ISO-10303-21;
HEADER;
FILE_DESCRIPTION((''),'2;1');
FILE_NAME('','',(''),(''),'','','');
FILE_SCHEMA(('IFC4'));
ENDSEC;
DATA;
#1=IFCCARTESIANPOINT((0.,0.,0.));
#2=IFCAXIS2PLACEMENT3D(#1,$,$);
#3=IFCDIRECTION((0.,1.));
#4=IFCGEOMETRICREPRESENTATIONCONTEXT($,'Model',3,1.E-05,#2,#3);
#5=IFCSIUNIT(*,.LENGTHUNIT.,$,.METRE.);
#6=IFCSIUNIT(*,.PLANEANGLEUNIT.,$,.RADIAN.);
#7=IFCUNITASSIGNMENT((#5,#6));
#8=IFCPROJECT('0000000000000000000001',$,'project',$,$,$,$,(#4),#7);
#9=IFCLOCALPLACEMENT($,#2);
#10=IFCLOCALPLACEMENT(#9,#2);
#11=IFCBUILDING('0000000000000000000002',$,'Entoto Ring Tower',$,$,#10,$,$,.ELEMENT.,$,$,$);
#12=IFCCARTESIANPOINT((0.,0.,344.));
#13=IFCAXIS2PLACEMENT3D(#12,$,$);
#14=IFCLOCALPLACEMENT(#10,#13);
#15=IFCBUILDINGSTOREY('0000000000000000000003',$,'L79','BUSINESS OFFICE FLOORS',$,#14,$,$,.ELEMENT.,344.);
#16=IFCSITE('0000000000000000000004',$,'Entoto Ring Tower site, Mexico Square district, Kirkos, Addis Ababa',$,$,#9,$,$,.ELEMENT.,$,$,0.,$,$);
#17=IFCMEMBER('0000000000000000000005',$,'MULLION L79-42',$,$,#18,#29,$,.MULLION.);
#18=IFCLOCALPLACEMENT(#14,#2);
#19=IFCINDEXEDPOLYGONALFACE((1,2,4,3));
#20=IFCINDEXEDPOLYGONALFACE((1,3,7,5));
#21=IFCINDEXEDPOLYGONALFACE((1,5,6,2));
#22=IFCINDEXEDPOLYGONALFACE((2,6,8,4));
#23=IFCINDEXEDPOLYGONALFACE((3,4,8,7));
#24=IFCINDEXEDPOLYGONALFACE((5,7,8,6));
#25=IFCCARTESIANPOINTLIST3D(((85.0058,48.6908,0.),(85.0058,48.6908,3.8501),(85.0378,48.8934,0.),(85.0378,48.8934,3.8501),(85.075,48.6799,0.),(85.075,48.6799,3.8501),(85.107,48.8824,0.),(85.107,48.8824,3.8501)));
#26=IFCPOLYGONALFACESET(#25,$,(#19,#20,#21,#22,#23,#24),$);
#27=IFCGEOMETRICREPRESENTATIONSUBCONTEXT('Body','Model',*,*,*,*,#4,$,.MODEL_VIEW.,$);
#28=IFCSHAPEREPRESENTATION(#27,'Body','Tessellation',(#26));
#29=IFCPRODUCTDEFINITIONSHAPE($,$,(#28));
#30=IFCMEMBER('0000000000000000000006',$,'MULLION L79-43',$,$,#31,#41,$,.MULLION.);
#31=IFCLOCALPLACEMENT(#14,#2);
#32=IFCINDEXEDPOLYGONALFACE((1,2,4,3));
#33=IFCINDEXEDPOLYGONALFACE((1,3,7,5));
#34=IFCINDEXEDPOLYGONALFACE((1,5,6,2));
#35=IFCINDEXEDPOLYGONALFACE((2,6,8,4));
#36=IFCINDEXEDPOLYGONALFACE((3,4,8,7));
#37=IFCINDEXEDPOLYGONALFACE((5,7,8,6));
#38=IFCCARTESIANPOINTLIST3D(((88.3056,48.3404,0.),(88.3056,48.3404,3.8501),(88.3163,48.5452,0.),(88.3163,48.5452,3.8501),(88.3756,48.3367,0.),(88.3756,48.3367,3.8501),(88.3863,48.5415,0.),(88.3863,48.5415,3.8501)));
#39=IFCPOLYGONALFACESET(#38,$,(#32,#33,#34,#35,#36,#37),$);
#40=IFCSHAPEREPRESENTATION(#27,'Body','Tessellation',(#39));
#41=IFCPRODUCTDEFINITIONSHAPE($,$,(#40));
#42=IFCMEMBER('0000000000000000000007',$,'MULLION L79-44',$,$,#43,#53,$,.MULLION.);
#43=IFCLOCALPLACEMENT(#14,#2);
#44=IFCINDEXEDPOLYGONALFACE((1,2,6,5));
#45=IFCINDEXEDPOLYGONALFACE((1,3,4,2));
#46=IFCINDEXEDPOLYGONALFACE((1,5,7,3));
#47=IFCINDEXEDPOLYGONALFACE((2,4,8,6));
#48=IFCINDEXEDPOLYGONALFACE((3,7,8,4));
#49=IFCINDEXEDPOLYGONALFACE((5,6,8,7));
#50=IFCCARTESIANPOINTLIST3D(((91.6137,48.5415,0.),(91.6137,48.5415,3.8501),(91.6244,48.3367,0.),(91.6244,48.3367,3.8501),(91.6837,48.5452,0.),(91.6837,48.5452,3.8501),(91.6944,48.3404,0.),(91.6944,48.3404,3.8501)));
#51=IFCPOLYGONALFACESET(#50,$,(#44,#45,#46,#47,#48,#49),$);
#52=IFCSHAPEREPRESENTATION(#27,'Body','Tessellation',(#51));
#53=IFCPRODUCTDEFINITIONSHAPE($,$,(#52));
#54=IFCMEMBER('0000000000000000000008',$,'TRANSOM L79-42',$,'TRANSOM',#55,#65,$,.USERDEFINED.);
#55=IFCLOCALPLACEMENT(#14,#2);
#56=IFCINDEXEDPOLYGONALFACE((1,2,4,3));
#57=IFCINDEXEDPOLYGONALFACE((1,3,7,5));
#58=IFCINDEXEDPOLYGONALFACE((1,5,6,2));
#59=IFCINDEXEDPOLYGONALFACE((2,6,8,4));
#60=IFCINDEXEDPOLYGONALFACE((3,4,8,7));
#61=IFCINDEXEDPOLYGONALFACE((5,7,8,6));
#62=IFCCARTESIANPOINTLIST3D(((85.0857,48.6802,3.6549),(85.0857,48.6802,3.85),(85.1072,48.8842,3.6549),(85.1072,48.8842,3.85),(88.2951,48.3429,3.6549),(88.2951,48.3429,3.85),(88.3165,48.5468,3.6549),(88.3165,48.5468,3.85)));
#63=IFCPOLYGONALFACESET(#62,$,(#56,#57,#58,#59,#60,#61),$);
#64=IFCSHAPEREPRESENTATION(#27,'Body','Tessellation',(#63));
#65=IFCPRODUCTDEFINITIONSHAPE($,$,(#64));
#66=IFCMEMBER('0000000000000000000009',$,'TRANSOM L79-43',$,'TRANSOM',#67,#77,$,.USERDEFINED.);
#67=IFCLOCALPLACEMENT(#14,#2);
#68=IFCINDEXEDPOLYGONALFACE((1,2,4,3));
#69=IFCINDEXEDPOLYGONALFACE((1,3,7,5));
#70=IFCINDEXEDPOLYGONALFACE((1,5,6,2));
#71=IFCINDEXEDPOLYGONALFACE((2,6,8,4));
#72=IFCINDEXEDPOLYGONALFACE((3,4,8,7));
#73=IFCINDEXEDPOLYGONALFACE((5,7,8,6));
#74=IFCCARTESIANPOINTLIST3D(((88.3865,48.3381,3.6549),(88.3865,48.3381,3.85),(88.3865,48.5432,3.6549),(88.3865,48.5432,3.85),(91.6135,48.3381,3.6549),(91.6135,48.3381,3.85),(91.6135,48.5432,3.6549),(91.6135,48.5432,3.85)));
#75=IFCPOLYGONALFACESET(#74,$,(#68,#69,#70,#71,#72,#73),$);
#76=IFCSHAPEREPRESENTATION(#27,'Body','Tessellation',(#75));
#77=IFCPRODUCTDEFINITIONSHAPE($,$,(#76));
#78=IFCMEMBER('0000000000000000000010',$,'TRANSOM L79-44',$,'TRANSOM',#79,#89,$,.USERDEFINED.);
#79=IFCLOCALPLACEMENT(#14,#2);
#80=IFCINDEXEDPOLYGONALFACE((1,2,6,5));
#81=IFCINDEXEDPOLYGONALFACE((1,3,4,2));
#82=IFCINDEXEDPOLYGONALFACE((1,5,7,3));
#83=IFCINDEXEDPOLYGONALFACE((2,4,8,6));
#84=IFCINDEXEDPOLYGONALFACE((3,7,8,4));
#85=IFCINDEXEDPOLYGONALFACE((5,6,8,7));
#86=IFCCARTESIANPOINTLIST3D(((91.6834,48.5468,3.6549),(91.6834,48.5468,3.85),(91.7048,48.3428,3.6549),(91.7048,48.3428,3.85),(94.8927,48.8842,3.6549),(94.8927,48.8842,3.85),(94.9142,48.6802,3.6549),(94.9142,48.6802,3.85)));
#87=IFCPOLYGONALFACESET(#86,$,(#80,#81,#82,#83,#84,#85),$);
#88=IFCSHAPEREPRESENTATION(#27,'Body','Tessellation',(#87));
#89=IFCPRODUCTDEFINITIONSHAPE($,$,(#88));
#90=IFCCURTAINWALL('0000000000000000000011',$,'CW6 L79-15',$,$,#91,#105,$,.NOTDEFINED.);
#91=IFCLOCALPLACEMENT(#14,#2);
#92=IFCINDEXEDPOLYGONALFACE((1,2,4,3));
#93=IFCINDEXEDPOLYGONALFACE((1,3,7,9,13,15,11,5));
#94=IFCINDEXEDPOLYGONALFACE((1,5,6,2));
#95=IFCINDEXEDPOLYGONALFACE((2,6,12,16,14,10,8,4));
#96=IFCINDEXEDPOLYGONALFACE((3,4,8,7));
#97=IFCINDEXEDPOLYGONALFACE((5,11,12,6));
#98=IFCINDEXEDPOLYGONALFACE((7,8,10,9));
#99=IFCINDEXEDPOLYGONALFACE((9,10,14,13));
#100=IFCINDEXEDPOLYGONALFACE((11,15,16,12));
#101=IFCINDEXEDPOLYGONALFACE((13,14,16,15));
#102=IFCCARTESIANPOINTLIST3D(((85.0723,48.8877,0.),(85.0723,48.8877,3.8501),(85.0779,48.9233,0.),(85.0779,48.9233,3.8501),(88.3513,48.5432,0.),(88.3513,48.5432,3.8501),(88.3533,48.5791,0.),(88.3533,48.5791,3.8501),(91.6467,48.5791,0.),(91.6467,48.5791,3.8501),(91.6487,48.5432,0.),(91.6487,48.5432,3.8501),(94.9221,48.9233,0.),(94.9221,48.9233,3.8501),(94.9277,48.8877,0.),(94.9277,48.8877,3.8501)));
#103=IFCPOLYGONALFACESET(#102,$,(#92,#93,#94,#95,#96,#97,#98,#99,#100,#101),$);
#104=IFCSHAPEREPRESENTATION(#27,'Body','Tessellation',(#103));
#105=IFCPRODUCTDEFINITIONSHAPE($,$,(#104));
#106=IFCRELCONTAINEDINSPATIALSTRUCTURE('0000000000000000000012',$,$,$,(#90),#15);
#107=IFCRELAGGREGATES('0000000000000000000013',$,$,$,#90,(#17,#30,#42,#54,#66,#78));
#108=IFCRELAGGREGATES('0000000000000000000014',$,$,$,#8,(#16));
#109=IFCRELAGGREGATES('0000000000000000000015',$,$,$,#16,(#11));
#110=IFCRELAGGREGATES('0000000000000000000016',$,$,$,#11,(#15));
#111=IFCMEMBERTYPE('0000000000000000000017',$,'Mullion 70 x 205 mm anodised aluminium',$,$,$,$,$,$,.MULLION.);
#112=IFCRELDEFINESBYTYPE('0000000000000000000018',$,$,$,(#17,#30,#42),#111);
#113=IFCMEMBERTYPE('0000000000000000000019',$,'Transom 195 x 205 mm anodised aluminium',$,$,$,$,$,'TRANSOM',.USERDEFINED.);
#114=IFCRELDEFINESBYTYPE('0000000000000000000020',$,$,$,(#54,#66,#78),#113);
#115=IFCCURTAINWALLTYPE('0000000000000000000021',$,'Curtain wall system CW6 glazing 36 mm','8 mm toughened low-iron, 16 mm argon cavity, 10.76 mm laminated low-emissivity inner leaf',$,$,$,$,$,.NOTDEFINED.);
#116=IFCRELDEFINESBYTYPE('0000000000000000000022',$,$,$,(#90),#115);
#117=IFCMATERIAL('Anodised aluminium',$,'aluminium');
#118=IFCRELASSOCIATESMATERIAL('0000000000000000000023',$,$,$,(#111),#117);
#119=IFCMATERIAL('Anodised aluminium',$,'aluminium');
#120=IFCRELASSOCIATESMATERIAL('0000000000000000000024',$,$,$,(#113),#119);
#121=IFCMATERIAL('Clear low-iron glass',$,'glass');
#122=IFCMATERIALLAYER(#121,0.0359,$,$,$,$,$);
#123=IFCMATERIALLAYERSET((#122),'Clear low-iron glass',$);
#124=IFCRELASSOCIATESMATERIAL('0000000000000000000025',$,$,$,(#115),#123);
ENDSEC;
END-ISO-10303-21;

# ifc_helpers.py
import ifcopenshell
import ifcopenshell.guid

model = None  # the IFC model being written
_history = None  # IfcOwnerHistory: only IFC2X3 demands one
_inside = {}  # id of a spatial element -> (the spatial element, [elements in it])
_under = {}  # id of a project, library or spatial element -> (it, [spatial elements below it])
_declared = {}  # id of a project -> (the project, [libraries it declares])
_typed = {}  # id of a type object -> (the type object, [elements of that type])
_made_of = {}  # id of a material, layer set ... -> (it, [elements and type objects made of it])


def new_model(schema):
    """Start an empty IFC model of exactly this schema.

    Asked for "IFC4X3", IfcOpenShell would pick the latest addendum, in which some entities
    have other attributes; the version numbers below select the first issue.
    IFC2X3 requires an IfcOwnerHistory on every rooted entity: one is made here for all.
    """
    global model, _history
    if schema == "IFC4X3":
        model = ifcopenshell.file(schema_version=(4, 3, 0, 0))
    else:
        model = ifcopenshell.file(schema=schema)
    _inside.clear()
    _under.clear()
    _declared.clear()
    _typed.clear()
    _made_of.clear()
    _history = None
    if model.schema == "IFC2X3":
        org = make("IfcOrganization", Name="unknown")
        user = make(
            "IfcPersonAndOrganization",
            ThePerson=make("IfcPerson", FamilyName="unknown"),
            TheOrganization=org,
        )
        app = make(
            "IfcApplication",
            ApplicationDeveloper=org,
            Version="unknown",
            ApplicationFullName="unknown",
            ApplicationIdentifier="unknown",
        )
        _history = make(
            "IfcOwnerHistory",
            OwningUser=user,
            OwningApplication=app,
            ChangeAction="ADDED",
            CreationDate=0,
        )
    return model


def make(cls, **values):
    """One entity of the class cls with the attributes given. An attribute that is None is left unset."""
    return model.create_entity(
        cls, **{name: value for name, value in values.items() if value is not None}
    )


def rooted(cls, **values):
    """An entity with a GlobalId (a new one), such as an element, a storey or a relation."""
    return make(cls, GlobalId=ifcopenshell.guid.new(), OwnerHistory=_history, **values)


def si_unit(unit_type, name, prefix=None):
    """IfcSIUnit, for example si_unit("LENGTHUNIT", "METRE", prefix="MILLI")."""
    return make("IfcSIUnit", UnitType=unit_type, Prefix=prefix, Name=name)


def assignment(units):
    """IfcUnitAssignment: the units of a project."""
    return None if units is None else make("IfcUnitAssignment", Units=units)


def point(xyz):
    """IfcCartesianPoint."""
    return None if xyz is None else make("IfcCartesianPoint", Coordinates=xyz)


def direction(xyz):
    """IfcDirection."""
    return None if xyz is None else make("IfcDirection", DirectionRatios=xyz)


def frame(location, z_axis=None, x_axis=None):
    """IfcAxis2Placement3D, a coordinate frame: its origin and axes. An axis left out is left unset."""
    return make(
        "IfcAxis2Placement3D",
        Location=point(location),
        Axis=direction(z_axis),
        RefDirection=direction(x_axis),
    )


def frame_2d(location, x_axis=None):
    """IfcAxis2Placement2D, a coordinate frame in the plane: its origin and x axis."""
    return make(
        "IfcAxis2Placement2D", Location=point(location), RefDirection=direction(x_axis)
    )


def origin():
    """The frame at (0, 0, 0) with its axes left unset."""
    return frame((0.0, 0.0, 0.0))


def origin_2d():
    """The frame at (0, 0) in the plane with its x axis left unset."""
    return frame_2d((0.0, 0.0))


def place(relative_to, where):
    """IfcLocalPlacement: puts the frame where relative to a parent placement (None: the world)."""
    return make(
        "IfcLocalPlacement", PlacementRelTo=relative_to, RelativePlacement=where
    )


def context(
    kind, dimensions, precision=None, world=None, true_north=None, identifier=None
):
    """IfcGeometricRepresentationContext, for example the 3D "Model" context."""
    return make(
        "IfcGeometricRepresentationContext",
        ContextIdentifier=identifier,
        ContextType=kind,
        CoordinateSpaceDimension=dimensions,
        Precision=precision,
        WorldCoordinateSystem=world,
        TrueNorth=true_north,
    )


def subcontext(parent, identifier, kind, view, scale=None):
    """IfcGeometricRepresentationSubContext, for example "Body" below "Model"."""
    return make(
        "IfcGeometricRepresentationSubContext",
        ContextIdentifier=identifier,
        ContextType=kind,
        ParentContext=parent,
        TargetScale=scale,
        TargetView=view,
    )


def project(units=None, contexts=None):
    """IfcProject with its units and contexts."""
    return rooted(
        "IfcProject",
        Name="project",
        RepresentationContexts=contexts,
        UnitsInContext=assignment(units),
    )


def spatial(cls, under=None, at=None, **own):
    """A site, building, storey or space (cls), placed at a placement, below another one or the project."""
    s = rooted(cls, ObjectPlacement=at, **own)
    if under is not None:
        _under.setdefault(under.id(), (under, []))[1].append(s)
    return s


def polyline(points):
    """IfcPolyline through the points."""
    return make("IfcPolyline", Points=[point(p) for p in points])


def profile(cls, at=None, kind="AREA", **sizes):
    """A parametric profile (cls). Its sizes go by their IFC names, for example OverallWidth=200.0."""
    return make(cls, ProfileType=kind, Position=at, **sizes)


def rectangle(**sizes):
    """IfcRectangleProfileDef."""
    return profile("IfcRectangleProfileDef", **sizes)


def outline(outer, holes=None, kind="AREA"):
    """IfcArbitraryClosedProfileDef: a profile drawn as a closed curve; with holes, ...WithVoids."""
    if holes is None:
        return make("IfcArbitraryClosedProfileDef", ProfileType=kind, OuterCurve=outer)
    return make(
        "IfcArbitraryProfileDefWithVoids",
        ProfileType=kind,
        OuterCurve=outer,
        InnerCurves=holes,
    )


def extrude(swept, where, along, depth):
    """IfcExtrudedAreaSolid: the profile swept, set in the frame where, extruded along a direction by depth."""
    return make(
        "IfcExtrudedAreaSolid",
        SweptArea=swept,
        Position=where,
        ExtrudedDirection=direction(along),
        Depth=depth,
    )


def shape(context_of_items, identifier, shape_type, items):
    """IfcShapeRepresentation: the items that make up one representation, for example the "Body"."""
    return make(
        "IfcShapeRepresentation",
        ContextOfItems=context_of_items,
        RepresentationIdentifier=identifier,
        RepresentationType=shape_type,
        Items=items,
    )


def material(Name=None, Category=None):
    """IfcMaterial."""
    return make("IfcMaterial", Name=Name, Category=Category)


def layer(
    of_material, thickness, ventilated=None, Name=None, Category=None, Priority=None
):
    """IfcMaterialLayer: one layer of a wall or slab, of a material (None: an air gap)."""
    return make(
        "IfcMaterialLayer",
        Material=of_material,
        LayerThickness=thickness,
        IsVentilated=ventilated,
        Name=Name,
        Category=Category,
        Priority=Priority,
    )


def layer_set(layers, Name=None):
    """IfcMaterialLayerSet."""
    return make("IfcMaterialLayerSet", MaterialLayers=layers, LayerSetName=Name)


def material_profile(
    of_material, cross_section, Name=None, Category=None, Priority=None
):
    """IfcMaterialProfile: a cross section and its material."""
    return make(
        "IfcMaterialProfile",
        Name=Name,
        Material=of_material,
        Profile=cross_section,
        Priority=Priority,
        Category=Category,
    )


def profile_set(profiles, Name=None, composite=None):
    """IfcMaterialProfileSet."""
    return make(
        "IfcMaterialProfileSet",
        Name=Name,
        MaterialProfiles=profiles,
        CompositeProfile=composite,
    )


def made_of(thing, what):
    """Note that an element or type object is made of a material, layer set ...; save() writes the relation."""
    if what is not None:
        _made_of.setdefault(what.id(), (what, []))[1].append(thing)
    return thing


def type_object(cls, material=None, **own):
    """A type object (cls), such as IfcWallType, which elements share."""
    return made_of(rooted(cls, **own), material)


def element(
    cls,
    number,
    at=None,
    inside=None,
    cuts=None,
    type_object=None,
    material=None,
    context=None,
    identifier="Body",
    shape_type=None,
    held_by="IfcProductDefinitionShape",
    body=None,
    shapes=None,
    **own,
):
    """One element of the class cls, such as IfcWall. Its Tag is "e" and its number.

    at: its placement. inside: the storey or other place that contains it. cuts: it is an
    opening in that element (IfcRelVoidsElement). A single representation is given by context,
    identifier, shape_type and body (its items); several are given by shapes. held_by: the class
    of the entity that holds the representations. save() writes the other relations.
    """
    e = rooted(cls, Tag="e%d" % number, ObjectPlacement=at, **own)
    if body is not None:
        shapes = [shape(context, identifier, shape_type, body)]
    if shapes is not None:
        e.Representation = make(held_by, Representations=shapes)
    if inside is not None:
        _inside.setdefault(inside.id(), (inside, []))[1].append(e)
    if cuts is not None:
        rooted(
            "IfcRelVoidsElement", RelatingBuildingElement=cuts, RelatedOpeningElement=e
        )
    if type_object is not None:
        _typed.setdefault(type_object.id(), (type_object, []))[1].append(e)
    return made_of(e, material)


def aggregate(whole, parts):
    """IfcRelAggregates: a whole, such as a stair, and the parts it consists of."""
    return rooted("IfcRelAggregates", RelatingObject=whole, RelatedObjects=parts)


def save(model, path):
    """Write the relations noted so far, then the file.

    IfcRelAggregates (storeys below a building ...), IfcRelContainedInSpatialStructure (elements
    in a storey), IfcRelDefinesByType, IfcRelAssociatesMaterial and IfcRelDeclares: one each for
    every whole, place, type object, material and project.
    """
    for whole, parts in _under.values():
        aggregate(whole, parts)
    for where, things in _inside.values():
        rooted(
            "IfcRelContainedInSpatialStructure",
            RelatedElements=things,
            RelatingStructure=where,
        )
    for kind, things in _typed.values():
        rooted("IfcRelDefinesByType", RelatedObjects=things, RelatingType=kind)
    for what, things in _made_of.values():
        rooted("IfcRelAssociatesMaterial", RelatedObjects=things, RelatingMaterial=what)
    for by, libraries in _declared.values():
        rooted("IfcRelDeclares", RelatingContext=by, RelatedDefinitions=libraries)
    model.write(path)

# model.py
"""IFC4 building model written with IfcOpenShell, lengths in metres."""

from ifc_helpers import new_model, si_unit, direction, frame, origin, origin_2d, place, context, subcontext, project, spatial, polyline, rectangle, outline, extrude, material, layer, layer_set, material_profile, profile_set, type_object, element, aggregate, save


model = new_model("IFC4")

# Units and contexts
model_context = context("Model", 3, precision=1e-05, world=origin(), true_north=direction((0.0, 1.0)))
body_context = subcontext(model_context, "Body", "Model", "MODEL_VIEW")
ifc_project = project(units=[si_unit("LENGTHUNIT", "METRE"), si_unit("PLANEANGLEUNIT", "RADIAN")], contexts=[model_context])

# Members
ifc_material_1 = material(Name="Anodised aluminium", Category="aluminium")
ifc_material_profile_1 = material_profile(ifc_material_1, rectangle(XDim=0.0701, YDim=0.2051, at=origin_2d()), Name="Mullion 70 x 205 mm anodised aluminium")
ifc_profile_set_1 = profile_set([ifc_material_profile_1], Name="Anodised aluminium")
member_type_1 = type_object("IfcMemberType", Name="Mullion 70 x 205 mm anodised aluminium", PredefinedType="MULLION", material=ifc_profile_set_1)
site_placement = place(None, origin())
building_placement = place(site_placement, origin())
storey_placement = place(building_placement, frame((0.0, 0.0, 344.0)))
member_1_placement = place(storey_placement, frame((85.0564, 48.7866, 0.0), z_axis=(0.0, 0.0, 1.0), x_axis=(0.987688, -0.156434, 0.0)))
member_1 = element("IfcMember", 1, at=member_1_placement, type_object=member_type_1, Name="MULLION L79-42", PredefinedType="MULLION", context=body_context, shape_type="SweptSolid", body=[
    extrude(rectangle(XDim=0.0701, YDim=0.2051, at=origin_2d()), origin(), (0.0, 0.0, 1.0), 3.8501),
])
member_2_placement = place(storey_placement, frame((88.3459, 48.4409, 0.0), z_axis=(0.0, 0.0, 1.0), x_axis=(0.99863, -0.052336, 0.0)))
member_2 = element("IfcMember", 2, at=member_2_placement, type_object=member_type_1, Name="MULLION L79-43", PredefinedType="MULLION", context=body_context, shape_type="SweptSolid", body=[
    extrude(rectangle(XDim=0.0701, YDim=0.2051, at=origin_2d()), origin(), (0.0, 0.0, 1.0), 3.8501),
])
member_3_placement = place(storey_placement, frame((91.6541, 48.4409, 0.0), z_axis=(0.0, 0.0, 1.0), x_axis=(0.99863, 0.052336, 0.0)))
member_3 = element("IfcMember", 3, at=member_3_placement, type_object=member_type_1, Name="MULLION L79-44", PredefinedType="MULLION", context=body_context, shape_type="SweptSolid", body=[
    extrude(rectangle(XDim=0.0701, YDim=0.2051, at=origin_2d()), origin(), (0.0, 0.0, 1.0), 3.8501),
])
ifc_material_2 = material(Name="Anodised aluminium", Category="aluminium")
ifc_material_profile_2 = material_profile(ifc_material_2, rectangle(XDim=0.2051, YDim=0.1951, at=origin_2d()), Name="Transom 195 x 205 mm anodised aluminium")
ifc_profile_set_2 = profile_set([ifc_material_profile_2], Name="Anodised aluminium")
member_type_2 = type_object("IfcMemberType", Name="Transom 195 x 205 mm anodised aluminium", ElementType="TRANSOM", PredefinedType="USERDEFINED", material=ifc_profile_set_2)
member_4_placement = place(storey_placement, frame((85.0964, 48.7822, 3.7524), z_axis=(0.99452, -0.104551, 0.0), x_axis=(0.104551, 0.99452, 0.0)))
member_4 = element("IfcMember", 4, at=member_4_placement, type_object=member_type_2, Name="TRANSOM L79-42", ObjectType="TRANSOM", PredefinedType="USERDEFINED", context=body_context, shape_type="SweptSolid", body=[
    extrude(rectangle(XDim=0.2051, YDim=0.1951, at=origin_2d()), origin(), (0.0, 0.0, 1.0), 3.2271),
])
member_5_placement = place(storey_placement, frame((88.3865, 48.4407, 3.7524), z_axis=(1.0, 0.0, 0.0), x_axis=(0.0, 1.0, 0.0)))
member_5 = element("IfcMember", 5, at=member_5_placement, type_object=member_type_2, Name="TRANSOM L79-43", ObjectType="TRANSOM", PredefinedType="USERDEFINED", context=body_context, shape_type="SweptSolid", body=[
    extrude(rectangle(XDim=0.2051, YDim=0.1951, at=origin_2d()), origin(), (0.0, 0.0, 1.0), 3.2271),
])
member_6_placement = place(storey_placement, frame((91.6941, 48.4448, 3.7524), z_axis=(0.99452, 0.104551, 0.0), x_axis=(-0.104551, 0.99452, 0.0)))
member_6 = element("IfcMember", 6, at=member_6_placement, type_object=member_type_2, Name="TRANSOM L79-44", ObjectType="TRANSOM", PredefinedType="USERDEFINED", context=body_context, shape_type="SweptSolid", body=[
    extrude(rectangle(XDim=0.2051, YDim=0.1951, at=origin_2d()), origin(), (0.0, 0.0, 1.0), 3.2271),
])

# Site, building, storey
site = spatial("IfcSite", under=ifc_project, at=site_placement, Name="Entoto Ring Tower site, Mexico Square district, Kirkos, Addis Ababa", CompositionType="ELEMENT", RefElevation=0.0)
building = spatial("IfcBuilding", under=site, at=building_placement, Name="Entoto Ring Tower", CompositionType="ELEMENT")
storey = spatial("IfcBuildingStorey", under=building, at=storey_placement, Name="L79", Description="BUSINESS OFFICE FLOORS", CompositionType="ELEMENT", Elevation=344.0)

# Curtain wall
ifc_material_3 = material(Name="Clear low-iron glass", Category="glass")
ifc_layer = layer(ifc_material_3, 0.0359)
ifc_layer_set = layer_set([ifc_layer], Name="Clear low-iron glass")
curtain_wall_type = type_object("IfcCurtainWallType", Name="Curtain wall system CW6 glazing 36 mm", Description="8 mm toughened low-iron, 16 mm argon cavity, 10.76 mm laminated low-emissivity inner leaf", PredefinedType="NOTDEFINED", material=ifc_layer_set)
curtain_wall_1_placement = place(storey_placement, origin())
curtain_wall_1 = element("IfcCurtainWall", 7, at=curtain_wall_1_placement, inside=storey, type_object=curtain_wall_type, Name="CW6 L79-15", PredefinedType="NOTDEFINED", context=body_context, shape_type="SweptSolid", body=[
    extrude(outline(polyline([(85.0723, 48.8877), (88.3513, 48.5432), (91.6487, 48.5432), (94.9277, 48.8877), (94.9221, 48.9233), (91.6467, 48.5791), (88.3533, 48.5791), (85.0779, 48.9233), (85.0723, 48.8877)])), origin(), (0.0, 0.0, 1.0), 3.8501),
])
aggregate(curtain_wall_1, [member_1, member_2, member_3, member_4, member_5, member_6])

save(model, "model.ifc")
